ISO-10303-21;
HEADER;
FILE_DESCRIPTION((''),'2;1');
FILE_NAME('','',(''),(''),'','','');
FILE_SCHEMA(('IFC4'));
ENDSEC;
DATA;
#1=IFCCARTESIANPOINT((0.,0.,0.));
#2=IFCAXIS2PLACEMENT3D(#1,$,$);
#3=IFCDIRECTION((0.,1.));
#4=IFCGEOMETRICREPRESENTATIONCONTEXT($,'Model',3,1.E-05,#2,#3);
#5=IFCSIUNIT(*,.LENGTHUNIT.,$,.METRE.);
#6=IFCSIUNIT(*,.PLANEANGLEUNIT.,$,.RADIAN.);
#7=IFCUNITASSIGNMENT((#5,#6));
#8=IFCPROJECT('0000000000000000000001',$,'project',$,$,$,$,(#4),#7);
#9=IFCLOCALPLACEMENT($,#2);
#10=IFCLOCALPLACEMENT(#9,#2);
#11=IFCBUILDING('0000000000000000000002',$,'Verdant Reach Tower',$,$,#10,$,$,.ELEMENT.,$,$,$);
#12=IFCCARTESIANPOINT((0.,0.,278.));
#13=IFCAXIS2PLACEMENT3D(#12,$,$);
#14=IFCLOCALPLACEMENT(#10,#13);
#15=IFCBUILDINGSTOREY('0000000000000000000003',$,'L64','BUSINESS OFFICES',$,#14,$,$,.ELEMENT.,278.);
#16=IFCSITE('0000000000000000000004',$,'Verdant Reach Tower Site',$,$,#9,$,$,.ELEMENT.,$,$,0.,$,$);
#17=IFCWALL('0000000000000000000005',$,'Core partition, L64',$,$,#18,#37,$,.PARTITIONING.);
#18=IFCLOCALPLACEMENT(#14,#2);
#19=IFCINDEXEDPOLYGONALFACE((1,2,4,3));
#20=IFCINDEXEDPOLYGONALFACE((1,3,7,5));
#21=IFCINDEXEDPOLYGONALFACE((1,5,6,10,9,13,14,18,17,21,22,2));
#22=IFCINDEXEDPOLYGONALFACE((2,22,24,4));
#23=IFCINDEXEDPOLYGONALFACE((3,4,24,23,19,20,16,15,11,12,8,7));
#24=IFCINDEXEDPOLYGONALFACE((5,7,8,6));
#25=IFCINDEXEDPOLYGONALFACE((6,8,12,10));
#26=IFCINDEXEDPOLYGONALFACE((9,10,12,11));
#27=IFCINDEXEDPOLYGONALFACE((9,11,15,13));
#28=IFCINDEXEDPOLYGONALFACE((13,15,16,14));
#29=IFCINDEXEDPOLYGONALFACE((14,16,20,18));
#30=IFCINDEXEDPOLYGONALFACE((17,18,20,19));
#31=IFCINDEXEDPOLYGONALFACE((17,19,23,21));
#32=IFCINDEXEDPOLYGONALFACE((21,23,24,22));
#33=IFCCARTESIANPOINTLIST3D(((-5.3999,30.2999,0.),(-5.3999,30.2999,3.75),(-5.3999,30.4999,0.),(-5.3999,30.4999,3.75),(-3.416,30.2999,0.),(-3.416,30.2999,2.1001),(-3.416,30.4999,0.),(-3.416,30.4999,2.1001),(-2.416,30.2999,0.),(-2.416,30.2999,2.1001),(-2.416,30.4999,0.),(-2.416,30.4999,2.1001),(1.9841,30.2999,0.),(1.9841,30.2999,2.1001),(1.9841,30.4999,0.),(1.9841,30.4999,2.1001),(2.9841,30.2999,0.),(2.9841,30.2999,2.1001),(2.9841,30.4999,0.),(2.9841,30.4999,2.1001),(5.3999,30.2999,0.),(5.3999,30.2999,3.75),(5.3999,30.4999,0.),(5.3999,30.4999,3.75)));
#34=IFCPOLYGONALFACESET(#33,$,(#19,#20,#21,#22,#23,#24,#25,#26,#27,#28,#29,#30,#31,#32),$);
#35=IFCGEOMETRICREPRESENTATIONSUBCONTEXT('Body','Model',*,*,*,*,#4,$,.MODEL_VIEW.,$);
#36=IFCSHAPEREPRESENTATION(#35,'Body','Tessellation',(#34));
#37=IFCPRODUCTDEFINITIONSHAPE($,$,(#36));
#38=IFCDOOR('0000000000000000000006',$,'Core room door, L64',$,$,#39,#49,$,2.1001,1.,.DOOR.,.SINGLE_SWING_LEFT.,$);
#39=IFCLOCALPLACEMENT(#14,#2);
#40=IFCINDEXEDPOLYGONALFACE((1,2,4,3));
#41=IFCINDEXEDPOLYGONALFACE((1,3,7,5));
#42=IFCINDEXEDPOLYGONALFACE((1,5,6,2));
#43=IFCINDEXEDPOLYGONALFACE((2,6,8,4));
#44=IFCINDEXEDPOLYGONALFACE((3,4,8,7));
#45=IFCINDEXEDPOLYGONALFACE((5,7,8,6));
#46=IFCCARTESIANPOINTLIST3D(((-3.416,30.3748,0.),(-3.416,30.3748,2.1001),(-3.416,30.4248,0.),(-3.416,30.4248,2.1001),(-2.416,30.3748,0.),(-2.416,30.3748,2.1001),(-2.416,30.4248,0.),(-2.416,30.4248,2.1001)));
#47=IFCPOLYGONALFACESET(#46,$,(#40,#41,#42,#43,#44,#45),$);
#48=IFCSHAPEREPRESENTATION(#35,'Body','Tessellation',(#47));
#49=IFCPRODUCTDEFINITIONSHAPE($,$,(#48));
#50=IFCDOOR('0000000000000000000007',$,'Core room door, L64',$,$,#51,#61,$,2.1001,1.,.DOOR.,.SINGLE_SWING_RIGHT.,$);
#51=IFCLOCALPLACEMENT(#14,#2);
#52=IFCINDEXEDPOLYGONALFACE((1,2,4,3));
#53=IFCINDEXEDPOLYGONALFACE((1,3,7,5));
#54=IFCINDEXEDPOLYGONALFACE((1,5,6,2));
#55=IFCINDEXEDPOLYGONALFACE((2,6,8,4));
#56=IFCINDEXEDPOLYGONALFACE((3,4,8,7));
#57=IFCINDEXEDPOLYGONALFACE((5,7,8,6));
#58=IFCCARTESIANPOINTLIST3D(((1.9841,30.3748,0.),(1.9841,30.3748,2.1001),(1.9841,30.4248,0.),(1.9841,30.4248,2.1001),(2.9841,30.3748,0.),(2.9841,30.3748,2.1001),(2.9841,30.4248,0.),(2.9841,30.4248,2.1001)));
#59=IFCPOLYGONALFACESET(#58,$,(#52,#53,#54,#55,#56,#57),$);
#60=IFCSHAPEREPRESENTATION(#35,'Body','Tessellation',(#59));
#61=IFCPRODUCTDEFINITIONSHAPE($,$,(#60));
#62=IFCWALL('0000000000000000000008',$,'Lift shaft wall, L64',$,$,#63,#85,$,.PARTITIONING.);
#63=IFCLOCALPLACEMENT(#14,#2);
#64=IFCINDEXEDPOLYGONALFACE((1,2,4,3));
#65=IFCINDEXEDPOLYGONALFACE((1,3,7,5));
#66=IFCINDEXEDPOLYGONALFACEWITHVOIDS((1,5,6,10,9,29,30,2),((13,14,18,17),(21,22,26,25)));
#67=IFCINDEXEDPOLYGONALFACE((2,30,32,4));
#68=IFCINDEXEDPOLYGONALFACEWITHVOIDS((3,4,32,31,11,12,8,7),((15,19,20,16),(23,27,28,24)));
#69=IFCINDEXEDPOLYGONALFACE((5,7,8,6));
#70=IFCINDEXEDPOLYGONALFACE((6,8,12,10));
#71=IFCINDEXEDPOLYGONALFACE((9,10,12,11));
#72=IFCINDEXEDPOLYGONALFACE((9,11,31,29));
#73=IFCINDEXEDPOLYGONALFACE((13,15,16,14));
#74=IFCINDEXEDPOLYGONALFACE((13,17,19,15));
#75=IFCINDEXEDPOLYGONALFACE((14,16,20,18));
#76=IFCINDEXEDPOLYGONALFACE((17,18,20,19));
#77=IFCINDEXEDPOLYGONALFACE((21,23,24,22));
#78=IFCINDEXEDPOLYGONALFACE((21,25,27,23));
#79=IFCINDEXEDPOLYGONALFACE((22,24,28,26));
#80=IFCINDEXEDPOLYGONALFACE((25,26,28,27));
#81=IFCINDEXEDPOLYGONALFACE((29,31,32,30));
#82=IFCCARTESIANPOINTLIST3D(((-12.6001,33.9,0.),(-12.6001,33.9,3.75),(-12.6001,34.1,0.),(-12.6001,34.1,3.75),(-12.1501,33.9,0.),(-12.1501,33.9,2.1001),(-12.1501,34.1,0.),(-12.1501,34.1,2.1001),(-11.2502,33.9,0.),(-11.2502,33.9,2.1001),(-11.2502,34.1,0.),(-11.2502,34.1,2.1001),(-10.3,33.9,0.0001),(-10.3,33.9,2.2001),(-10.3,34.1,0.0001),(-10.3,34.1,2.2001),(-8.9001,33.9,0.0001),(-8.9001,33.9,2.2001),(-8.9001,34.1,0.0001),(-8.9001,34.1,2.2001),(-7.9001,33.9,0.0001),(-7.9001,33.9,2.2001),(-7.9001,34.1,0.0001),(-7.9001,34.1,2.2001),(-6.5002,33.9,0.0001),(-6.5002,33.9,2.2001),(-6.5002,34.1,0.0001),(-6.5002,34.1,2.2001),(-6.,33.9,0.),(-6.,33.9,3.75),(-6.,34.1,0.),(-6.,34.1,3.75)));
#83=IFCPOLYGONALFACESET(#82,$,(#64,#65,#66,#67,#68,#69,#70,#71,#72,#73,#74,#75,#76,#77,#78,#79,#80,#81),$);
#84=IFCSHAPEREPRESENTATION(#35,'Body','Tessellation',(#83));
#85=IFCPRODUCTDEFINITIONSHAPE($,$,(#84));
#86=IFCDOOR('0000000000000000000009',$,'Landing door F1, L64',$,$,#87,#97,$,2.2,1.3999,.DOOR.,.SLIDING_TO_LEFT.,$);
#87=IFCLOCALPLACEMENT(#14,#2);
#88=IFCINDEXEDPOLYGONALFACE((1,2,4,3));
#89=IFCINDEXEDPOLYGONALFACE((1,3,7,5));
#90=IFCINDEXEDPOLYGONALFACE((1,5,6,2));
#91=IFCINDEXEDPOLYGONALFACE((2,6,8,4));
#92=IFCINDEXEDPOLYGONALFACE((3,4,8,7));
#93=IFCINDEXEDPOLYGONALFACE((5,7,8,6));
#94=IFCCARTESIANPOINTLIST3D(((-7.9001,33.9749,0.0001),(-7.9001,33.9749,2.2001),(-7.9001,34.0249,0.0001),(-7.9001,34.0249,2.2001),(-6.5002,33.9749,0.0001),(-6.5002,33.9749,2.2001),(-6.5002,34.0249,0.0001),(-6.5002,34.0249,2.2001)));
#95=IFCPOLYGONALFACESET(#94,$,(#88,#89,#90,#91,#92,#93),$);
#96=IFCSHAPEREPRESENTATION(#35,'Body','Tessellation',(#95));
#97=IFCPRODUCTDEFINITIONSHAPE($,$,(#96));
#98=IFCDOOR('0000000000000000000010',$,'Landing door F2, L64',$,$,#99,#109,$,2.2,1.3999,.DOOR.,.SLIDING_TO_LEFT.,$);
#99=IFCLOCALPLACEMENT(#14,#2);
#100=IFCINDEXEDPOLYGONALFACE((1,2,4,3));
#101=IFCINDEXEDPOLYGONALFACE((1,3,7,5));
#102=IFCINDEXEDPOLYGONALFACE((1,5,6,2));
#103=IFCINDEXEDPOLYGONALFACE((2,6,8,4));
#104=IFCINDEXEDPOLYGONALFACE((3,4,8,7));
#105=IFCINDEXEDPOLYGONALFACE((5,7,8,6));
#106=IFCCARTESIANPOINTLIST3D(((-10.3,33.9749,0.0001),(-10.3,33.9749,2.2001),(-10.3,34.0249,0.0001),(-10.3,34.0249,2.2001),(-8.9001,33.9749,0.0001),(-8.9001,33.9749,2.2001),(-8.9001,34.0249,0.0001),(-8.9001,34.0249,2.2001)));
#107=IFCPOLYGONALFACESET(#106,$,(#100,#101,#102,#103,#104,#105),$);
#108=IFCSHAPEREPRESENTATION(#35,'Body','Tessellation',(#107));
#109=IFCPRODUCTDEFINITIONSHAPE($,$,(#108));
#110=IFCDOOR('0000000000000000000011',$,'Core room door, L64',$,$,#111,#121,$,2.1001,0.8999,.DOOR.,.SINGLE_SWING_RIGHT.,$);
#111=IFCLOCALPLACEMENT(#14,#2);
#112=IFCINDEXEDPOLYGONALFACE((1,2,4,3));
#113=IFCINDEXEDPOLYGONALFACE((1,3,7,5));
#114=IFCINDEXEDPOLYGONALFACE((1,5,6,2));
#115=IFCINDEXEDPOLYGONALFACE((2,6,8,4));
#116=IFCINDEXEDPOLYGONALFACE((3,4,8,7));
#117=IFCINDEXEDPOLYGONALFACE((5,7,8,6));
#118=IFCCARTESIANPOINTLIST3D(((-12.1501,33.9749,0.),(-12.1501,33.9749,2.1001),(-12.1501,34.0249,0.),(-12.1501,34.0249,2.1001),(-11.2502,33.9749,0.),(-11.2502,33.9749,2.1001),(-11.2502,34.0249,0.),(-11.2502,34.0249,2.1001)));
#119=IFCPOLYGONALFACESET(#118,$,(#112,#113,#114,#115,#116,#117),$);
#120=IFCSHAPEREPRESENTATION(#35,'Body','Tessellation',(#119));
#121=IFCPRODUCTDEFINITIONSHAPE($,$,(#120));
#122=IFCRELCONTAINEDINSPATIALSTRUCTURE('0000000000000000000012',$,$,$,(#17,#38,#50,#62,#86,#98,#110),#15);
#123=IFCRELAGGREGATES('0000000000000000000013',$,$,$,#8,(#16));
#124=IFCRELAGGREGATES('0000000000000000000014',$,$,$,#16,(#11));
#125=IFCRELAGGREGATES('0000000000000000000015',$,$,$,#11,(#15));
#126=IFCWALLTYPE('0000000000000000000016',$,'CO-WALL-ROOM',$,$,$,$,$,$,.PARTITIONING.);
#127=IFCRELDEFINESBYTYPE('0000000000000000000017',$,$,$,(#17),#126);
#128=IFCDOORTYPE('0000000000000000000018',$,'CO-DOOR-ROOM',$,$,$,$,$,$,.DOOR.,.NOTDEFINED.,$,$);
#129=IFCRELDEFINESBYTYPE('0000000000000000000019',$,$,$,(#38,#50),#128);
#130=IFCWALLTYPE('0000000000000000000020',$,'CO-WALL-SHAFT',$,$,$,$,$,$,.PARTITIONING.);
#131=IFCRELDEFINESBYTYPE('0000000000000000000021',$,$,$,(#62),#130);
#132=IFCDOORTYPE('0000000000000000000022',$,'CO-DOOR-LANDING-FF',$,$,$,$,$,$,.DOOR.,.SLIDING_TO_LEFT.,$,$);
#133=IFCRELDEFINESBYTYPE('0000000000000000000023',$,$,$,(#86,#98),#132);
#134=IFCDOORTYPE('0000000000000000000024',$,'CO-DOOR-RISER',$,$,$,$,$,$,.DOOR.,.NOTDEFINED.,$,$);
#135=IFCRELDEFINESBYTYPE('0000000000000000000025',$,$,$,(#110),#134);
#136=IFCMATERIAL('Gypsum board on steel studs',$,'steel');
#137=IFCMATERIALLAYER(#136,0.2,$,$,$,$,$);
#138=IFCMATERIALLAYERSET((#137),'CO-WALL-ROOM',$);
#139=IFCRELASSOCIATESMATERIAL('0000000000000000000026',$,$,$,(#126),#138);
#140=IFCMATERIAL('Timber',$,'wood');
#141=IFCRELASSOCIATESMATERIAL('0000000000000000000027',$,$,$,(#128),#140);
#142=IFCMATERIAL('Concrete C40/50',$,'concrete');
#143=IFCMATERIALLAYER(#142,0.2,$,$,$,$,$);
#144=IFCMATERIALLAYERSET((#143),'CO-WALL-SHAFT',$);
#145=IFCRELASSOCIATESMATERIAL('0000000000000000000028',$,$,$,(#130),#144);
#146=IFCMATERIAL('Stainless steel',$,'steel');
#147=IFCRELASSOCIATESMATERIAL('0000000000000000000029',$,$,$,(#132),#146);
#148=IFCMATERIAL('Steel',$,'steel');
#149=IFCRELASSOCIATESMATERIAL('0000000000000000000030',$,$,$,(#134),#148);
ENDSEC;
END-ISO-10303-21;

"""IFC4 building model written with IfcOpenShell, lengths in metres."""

from ifc_helpers import new_model, si_unit, direction, frame, frame_2d, origin, place, context, subcontext, project, spatial, rectangle, extrude, material, layer, layer_set, type_object, element, fill, save


model = new_model("IFC4")

# Units and contexts
model_context = context("Model", 3, precision=1e-05, world=origin(), true_north=direction((0.0, 1.0)))
body_context = subcontext(model_context, "Body", "Model", "MODEL_VIEW")
ifc_project = project(units=[si_unit("LENGTHUNIT", "METRE"), si_unit("PLANEANGLEUNIT", "RADIAN")], contexts=[model_context])

# Site, building, storey
site_placement = place(None, origin())
site = spatial("IfcSite", under=ifc_project, at=site_placement, Name="Verdant Reach Tower Site", CompositionType="ELEMENT", RefElevation=0.0)
building_placement = place(site_placement, origin())
building = spatial("IfcBuilding", under=site, at=building_placement, Name="Verdant Reach Tower", CompositionType="ELEMENT")
storey_placement = place(building_placement, frame((0.0, 0.0, 278.0)))
storey = spatial("IfcBuildingStorey", under=building, at=storey_placement, Name="L64", Description="BUSINESS OFFICES", CompositionType="ELEMENT", Elevation=278.0)

# Walls, openings, doors
ifc_material_1 = material(Name="Gypsum board on steel studs", Category="steel")
ifc_layer_1 = layer(ifc_material_1, 0.2)
ifc_layer_set_1 = layer_set([ifc_layer_1], Name="CO-WALL-ROOM")
wall_type_1 = type_object("IfcWallType", Name="CO-WALL-ROOM", PredefinedType="PARTITIONING", material=ifc_layer_set_1)
wall_1_placement = place(storey_placement, frame((-5.3999, 30.3999, 0.0), z_axis=(0.0, 0.0, 1.0), x_axis=(1.0, 0.0, 0.0)))
wall_1 = element("IfcWall", 1, at=wall_1_placement, inside=storey, type_object=wall_type_1, Name="Core partition, L64", PredefinedType="PARTITIONING", context=body_context, shape_type="SweptSolid", body=[
    extrude(rectangle(XDim=10.7998, YDim=0.2, at=frame_2d((5.3999, 0.0))), origin(), (0.0, 0.0, 1.0), 3.75),
])
opening_1_placement = place(wall_1_placement, frame((1.9839, 0.0, 0.0)))
opening_1 = element("IfcOpeningElement", 2, at=opening_1_placement, cuts=wall_1, PredefinedType="OPENING", context=body_context, shape_type="SweptSolid", body=[
    extrude(rectangle(XDim=1.0, YDim=2.1001, at=frame_2d((0.5, 1.05))), frame((0.0, 0.1099, 0.0), z_axis=(0.0, -1.0, 0.0), x_axis=(1.0, 0.0, 0.0)), (0.0, 0.0, 1.0), 0.22),
])
opening_2_placement = place(wall_1_placement, frame((7.384, 0.0, 0.0)))
opening_2 = element("IfcOpeningElement", 3, at=opening_2_placement, cuts=wall_1, PredefinedType="OPENING", context=body_context, shape_type="SweptSolid", body=[
    extrude(rectangle(XDim=1.0, YDim=2.1001, at=frame_2d((0.5, 1.05))), frame((0.0, 0.1099, 0.0), z_axis=(0.0, -1.0, 0.0), x_axis=(1.0, 0.0, 0.0)), (0.0, 0.0, 1.0), 0.22),
])
ifc_material_2 = material(Name="Timber", Category="wood")
door_type_1 = type_object("IfcDoorType", Name="CO-DOOR-ROOM", OperationType="NOTDEFINED", PredefinedType="DOOR", material=ifc_material_2)
door_1_placement = place(opening_1_placement, origin())
door_1 = element("IfcDoor", 4, at=door_1_placement, inside=storey, type_object=door_type_1, Name="Core room door, L64", OperationType="SINGLE_SWING_LEFT", OverallHeight=2.1001, OverallWidth=1.0, PredefinedType="DOOR", context=body_context, shape_type="SweptSolid", body=[
    extrude(rectangle(XDim=1.0, YDim=2.1001, at=frame_2d((0.5, 1.05))), frame((0.0, 0.0249, 0.0), z_axis=(0.0, -1.0, 0.0), x_axis=(1.0, 0.0, 0.0)), (0.0, 0.0, 1.0), 0.05),
])
fill(opening_1, door_1)
door_2_placement = place(opening_2_placement, origin())
door_2 = element("IfcDoor", 5, at=door_2_placement, inside=storey, type_object=door_type_1, Name="Core room door, L64", OperationType="SINGLE_SWING_RIGHT", OverallHeight=2.1001, OverallWidth=1.0, PredefinedType="DOOR", context=body_context, shape_type="SweptSolid", body=[
    extrude(rectangle(XDim=1.0, YDim=2.1001, at=frame_2d((0.5, 1.05))), frame((0.0, 0.0249, 0.0), z_axis=(0.0, -1.0, 0.0), x_axis=(1.0, 0.0, 0.0)), (0.0, 0.0, 1.0), 0.05),
])
fill(opening_2, door_2)
ifc_material_3 = material(Name="Concrete C40/50", Category="concrete")
ifc_layer_2 = layer(ifc_material_3, 0.2)
ifc_layer_set_2 = layer_set([ifc_layer_2], Name="CO-WALL-SHAFT")
wall_type_2 = type_object("IfcWallType", Name="CO-WALL-SHAFT", PredefinedType="PARTITIONING", material=ifc_layer_set_2)
wall_2_placement = place(storey_placement, frame((-12.6001, 34.0, 0.0), z_axis=(0.0, 0.0, 1.0), x_axis=(1.0, 0.0, 0.0)))
wall_2 = element("IfcWall", 6, at=wall_2_placement, inside=storey, type_object=wall_type_2, Name="Lift shaft wall, L64", PredefinedType="PARTITIONING", context=body_context, shape_type="SweptSolid", body=[
    extrude(rectangle(XDim=6.6001, YDim=0.2, at=frame_2d((3.3, 0.0))), origin(), (0.0, 0.0, 1.0), 3.75),
])
opening_3_placement = place(wall_2_placement, frame((4.7, 0.0, 0.0)))
opening_3 = element("IfcOpeningElement", 7, at=opening_3_placement, cuts=wall_2, PredefinedType="OPENING", context=body_context, shape_type="SweptSolid", body=[
    extrude(rectangle(XDim=1.3999, YDim=2.2, at=frame_2d((0.7, 1.1001))), frame((0.0, 0.1099, 0.0), z_axis=(0.0, -1.0, 0.0), x_axis=(1.0, 0.0, 0.0)), (0.0, 0.0, 1.0), 0.22),
])
opening_4_placement = place(wall_2_placement, frame((2.3, 0.0, 0.0)))
opening_4 = element("IfcOpeningElement", 8, at=opening_4_placement, cuts=wall_2, PredefinedType="OPENING", context=body_context, shape_type="SweptSolid", body=[
    extrude(rectangle(XDim=1.3999, YDim=2.2, at=frame_2d((0.7, 1.1001))), frame((0.0, 0.1099, 0.0), z_axis=(0.0, -1.0, 0.0), x_axis=(1.0, 0.0, 0.0)), (0.0, 0.0, 1.0), 0.22),
])
opening_5_placement = place(wall_2_placement, frame((0.45, 0.0, 0.0)))
opening_5 = element("IfcOpeningElement", 9, at=opening_5_placement, cuts=wall_2, PredefinedType="OPENING", context=body_context, shape_type="SweptSolid", body=[
    extrude(rectangle(XDim=0.8999, YDim=2.1001, at=frame_2d((0.45, 1.05))), frame((0.0, 0.1099, 0.0), z_axis=(0.0, -1.0, 0.0), x_axis=(1.0, 0.0, 0.0)), (0.0, 0.0, 1.0), 0.22),
])
ifc_material_4 = material(Name="Stainless steel", Category="steel")
door_type_2 = type_object("IfcDoorType", Name="CO-DOOR-LANDING-FF", OperationType="SLIDING_TO_LEFT", PredefinedType="DOOR", material=ifc_material_4)
door_3_placement = place(opening_3_placement, origin())
door_3 = element("IfcDoor", 10, at=door_3_placement, inside=storey, type_object=door_type_2, Name="Landing door F1, L64", OperationType="SLIDING_TO_LEFT", OverallHeight=2.2, OverallWidth=1.3999, PredefinedType="DOOR", context=body_context, shape_type="SweptSolid", body=[
    extrude(rectangle(XDim=1.3999, YDim=2.2, at=frame_2d((0.7, 1.1001))), frame((0.0, 0.0249, 0.0), z_axis=(0.0, -1.0, 0.0), x_axis=(1.0, 0.0, 0.0)), (0.0, 0.0, 1.0), 0.05),
])
fill(opening_3, door_3)
door_4_placement = place(opening_4_placement, origin())
door_4 = element("IfcDoor", 11, at=door_4_placement, inside=storey, type_object=door_type_2, Name="Landing door F2, L64", OperationType="SLIDING_TO_LEFT", OverallHeight=2.2, OverallWidth=1.3999, PredefinedType="DOOR", context=body_context, shape_type="SweptSolid", body=[
    extrude(rectangle(XDim=1.3999, YDim=2.2, at=frame_2d((0.7, 1.1001))), frame((0.0, 0.0249, 0.0), z_axis=(0.0, -1.0, 0.0), x_axis=(1.0, 0.0, 0.0)), (0.0, 0.0, 1.0), 0.05),
])
fill(opening_4, door_4)
ifc_material_5 = material(Name="Steel", Category="steel")
door_type_3 = type_object("IfcDoorType", Name="CO-DOOR-RISER", OperationType="NOTDEFINED", PredefinedType="DOOR", material=ifc_material_5)
door_5_placement = place(opening_5_placement, origin())
door_5 = element("IfcDoor", 12, at=door_5_placement, inside=storey, type_object=door_type_3, Name="Core room door, L64", OperationType="SINGLE_SWING_RIGHT", OverallHeight=2.1001, OverallWidth=0.8999, PredefinedType="DOOR", context=body_context, shape_type="SweptSolid", body=[
    extrude(rectangle(XDim=0.8999, YDim=2.1001, at=frame_2d((0.45, 1.05))), frame((0.0, 0.0249, 0.0), z_axis=(0.0, -1.0, 0.0), x_axis=(1.0, 0.0, 0.0)), (0.0, 0.0, 1.0), 0.05),
])
fill(opening_5, door_5)

save(model, "model.ifc")
